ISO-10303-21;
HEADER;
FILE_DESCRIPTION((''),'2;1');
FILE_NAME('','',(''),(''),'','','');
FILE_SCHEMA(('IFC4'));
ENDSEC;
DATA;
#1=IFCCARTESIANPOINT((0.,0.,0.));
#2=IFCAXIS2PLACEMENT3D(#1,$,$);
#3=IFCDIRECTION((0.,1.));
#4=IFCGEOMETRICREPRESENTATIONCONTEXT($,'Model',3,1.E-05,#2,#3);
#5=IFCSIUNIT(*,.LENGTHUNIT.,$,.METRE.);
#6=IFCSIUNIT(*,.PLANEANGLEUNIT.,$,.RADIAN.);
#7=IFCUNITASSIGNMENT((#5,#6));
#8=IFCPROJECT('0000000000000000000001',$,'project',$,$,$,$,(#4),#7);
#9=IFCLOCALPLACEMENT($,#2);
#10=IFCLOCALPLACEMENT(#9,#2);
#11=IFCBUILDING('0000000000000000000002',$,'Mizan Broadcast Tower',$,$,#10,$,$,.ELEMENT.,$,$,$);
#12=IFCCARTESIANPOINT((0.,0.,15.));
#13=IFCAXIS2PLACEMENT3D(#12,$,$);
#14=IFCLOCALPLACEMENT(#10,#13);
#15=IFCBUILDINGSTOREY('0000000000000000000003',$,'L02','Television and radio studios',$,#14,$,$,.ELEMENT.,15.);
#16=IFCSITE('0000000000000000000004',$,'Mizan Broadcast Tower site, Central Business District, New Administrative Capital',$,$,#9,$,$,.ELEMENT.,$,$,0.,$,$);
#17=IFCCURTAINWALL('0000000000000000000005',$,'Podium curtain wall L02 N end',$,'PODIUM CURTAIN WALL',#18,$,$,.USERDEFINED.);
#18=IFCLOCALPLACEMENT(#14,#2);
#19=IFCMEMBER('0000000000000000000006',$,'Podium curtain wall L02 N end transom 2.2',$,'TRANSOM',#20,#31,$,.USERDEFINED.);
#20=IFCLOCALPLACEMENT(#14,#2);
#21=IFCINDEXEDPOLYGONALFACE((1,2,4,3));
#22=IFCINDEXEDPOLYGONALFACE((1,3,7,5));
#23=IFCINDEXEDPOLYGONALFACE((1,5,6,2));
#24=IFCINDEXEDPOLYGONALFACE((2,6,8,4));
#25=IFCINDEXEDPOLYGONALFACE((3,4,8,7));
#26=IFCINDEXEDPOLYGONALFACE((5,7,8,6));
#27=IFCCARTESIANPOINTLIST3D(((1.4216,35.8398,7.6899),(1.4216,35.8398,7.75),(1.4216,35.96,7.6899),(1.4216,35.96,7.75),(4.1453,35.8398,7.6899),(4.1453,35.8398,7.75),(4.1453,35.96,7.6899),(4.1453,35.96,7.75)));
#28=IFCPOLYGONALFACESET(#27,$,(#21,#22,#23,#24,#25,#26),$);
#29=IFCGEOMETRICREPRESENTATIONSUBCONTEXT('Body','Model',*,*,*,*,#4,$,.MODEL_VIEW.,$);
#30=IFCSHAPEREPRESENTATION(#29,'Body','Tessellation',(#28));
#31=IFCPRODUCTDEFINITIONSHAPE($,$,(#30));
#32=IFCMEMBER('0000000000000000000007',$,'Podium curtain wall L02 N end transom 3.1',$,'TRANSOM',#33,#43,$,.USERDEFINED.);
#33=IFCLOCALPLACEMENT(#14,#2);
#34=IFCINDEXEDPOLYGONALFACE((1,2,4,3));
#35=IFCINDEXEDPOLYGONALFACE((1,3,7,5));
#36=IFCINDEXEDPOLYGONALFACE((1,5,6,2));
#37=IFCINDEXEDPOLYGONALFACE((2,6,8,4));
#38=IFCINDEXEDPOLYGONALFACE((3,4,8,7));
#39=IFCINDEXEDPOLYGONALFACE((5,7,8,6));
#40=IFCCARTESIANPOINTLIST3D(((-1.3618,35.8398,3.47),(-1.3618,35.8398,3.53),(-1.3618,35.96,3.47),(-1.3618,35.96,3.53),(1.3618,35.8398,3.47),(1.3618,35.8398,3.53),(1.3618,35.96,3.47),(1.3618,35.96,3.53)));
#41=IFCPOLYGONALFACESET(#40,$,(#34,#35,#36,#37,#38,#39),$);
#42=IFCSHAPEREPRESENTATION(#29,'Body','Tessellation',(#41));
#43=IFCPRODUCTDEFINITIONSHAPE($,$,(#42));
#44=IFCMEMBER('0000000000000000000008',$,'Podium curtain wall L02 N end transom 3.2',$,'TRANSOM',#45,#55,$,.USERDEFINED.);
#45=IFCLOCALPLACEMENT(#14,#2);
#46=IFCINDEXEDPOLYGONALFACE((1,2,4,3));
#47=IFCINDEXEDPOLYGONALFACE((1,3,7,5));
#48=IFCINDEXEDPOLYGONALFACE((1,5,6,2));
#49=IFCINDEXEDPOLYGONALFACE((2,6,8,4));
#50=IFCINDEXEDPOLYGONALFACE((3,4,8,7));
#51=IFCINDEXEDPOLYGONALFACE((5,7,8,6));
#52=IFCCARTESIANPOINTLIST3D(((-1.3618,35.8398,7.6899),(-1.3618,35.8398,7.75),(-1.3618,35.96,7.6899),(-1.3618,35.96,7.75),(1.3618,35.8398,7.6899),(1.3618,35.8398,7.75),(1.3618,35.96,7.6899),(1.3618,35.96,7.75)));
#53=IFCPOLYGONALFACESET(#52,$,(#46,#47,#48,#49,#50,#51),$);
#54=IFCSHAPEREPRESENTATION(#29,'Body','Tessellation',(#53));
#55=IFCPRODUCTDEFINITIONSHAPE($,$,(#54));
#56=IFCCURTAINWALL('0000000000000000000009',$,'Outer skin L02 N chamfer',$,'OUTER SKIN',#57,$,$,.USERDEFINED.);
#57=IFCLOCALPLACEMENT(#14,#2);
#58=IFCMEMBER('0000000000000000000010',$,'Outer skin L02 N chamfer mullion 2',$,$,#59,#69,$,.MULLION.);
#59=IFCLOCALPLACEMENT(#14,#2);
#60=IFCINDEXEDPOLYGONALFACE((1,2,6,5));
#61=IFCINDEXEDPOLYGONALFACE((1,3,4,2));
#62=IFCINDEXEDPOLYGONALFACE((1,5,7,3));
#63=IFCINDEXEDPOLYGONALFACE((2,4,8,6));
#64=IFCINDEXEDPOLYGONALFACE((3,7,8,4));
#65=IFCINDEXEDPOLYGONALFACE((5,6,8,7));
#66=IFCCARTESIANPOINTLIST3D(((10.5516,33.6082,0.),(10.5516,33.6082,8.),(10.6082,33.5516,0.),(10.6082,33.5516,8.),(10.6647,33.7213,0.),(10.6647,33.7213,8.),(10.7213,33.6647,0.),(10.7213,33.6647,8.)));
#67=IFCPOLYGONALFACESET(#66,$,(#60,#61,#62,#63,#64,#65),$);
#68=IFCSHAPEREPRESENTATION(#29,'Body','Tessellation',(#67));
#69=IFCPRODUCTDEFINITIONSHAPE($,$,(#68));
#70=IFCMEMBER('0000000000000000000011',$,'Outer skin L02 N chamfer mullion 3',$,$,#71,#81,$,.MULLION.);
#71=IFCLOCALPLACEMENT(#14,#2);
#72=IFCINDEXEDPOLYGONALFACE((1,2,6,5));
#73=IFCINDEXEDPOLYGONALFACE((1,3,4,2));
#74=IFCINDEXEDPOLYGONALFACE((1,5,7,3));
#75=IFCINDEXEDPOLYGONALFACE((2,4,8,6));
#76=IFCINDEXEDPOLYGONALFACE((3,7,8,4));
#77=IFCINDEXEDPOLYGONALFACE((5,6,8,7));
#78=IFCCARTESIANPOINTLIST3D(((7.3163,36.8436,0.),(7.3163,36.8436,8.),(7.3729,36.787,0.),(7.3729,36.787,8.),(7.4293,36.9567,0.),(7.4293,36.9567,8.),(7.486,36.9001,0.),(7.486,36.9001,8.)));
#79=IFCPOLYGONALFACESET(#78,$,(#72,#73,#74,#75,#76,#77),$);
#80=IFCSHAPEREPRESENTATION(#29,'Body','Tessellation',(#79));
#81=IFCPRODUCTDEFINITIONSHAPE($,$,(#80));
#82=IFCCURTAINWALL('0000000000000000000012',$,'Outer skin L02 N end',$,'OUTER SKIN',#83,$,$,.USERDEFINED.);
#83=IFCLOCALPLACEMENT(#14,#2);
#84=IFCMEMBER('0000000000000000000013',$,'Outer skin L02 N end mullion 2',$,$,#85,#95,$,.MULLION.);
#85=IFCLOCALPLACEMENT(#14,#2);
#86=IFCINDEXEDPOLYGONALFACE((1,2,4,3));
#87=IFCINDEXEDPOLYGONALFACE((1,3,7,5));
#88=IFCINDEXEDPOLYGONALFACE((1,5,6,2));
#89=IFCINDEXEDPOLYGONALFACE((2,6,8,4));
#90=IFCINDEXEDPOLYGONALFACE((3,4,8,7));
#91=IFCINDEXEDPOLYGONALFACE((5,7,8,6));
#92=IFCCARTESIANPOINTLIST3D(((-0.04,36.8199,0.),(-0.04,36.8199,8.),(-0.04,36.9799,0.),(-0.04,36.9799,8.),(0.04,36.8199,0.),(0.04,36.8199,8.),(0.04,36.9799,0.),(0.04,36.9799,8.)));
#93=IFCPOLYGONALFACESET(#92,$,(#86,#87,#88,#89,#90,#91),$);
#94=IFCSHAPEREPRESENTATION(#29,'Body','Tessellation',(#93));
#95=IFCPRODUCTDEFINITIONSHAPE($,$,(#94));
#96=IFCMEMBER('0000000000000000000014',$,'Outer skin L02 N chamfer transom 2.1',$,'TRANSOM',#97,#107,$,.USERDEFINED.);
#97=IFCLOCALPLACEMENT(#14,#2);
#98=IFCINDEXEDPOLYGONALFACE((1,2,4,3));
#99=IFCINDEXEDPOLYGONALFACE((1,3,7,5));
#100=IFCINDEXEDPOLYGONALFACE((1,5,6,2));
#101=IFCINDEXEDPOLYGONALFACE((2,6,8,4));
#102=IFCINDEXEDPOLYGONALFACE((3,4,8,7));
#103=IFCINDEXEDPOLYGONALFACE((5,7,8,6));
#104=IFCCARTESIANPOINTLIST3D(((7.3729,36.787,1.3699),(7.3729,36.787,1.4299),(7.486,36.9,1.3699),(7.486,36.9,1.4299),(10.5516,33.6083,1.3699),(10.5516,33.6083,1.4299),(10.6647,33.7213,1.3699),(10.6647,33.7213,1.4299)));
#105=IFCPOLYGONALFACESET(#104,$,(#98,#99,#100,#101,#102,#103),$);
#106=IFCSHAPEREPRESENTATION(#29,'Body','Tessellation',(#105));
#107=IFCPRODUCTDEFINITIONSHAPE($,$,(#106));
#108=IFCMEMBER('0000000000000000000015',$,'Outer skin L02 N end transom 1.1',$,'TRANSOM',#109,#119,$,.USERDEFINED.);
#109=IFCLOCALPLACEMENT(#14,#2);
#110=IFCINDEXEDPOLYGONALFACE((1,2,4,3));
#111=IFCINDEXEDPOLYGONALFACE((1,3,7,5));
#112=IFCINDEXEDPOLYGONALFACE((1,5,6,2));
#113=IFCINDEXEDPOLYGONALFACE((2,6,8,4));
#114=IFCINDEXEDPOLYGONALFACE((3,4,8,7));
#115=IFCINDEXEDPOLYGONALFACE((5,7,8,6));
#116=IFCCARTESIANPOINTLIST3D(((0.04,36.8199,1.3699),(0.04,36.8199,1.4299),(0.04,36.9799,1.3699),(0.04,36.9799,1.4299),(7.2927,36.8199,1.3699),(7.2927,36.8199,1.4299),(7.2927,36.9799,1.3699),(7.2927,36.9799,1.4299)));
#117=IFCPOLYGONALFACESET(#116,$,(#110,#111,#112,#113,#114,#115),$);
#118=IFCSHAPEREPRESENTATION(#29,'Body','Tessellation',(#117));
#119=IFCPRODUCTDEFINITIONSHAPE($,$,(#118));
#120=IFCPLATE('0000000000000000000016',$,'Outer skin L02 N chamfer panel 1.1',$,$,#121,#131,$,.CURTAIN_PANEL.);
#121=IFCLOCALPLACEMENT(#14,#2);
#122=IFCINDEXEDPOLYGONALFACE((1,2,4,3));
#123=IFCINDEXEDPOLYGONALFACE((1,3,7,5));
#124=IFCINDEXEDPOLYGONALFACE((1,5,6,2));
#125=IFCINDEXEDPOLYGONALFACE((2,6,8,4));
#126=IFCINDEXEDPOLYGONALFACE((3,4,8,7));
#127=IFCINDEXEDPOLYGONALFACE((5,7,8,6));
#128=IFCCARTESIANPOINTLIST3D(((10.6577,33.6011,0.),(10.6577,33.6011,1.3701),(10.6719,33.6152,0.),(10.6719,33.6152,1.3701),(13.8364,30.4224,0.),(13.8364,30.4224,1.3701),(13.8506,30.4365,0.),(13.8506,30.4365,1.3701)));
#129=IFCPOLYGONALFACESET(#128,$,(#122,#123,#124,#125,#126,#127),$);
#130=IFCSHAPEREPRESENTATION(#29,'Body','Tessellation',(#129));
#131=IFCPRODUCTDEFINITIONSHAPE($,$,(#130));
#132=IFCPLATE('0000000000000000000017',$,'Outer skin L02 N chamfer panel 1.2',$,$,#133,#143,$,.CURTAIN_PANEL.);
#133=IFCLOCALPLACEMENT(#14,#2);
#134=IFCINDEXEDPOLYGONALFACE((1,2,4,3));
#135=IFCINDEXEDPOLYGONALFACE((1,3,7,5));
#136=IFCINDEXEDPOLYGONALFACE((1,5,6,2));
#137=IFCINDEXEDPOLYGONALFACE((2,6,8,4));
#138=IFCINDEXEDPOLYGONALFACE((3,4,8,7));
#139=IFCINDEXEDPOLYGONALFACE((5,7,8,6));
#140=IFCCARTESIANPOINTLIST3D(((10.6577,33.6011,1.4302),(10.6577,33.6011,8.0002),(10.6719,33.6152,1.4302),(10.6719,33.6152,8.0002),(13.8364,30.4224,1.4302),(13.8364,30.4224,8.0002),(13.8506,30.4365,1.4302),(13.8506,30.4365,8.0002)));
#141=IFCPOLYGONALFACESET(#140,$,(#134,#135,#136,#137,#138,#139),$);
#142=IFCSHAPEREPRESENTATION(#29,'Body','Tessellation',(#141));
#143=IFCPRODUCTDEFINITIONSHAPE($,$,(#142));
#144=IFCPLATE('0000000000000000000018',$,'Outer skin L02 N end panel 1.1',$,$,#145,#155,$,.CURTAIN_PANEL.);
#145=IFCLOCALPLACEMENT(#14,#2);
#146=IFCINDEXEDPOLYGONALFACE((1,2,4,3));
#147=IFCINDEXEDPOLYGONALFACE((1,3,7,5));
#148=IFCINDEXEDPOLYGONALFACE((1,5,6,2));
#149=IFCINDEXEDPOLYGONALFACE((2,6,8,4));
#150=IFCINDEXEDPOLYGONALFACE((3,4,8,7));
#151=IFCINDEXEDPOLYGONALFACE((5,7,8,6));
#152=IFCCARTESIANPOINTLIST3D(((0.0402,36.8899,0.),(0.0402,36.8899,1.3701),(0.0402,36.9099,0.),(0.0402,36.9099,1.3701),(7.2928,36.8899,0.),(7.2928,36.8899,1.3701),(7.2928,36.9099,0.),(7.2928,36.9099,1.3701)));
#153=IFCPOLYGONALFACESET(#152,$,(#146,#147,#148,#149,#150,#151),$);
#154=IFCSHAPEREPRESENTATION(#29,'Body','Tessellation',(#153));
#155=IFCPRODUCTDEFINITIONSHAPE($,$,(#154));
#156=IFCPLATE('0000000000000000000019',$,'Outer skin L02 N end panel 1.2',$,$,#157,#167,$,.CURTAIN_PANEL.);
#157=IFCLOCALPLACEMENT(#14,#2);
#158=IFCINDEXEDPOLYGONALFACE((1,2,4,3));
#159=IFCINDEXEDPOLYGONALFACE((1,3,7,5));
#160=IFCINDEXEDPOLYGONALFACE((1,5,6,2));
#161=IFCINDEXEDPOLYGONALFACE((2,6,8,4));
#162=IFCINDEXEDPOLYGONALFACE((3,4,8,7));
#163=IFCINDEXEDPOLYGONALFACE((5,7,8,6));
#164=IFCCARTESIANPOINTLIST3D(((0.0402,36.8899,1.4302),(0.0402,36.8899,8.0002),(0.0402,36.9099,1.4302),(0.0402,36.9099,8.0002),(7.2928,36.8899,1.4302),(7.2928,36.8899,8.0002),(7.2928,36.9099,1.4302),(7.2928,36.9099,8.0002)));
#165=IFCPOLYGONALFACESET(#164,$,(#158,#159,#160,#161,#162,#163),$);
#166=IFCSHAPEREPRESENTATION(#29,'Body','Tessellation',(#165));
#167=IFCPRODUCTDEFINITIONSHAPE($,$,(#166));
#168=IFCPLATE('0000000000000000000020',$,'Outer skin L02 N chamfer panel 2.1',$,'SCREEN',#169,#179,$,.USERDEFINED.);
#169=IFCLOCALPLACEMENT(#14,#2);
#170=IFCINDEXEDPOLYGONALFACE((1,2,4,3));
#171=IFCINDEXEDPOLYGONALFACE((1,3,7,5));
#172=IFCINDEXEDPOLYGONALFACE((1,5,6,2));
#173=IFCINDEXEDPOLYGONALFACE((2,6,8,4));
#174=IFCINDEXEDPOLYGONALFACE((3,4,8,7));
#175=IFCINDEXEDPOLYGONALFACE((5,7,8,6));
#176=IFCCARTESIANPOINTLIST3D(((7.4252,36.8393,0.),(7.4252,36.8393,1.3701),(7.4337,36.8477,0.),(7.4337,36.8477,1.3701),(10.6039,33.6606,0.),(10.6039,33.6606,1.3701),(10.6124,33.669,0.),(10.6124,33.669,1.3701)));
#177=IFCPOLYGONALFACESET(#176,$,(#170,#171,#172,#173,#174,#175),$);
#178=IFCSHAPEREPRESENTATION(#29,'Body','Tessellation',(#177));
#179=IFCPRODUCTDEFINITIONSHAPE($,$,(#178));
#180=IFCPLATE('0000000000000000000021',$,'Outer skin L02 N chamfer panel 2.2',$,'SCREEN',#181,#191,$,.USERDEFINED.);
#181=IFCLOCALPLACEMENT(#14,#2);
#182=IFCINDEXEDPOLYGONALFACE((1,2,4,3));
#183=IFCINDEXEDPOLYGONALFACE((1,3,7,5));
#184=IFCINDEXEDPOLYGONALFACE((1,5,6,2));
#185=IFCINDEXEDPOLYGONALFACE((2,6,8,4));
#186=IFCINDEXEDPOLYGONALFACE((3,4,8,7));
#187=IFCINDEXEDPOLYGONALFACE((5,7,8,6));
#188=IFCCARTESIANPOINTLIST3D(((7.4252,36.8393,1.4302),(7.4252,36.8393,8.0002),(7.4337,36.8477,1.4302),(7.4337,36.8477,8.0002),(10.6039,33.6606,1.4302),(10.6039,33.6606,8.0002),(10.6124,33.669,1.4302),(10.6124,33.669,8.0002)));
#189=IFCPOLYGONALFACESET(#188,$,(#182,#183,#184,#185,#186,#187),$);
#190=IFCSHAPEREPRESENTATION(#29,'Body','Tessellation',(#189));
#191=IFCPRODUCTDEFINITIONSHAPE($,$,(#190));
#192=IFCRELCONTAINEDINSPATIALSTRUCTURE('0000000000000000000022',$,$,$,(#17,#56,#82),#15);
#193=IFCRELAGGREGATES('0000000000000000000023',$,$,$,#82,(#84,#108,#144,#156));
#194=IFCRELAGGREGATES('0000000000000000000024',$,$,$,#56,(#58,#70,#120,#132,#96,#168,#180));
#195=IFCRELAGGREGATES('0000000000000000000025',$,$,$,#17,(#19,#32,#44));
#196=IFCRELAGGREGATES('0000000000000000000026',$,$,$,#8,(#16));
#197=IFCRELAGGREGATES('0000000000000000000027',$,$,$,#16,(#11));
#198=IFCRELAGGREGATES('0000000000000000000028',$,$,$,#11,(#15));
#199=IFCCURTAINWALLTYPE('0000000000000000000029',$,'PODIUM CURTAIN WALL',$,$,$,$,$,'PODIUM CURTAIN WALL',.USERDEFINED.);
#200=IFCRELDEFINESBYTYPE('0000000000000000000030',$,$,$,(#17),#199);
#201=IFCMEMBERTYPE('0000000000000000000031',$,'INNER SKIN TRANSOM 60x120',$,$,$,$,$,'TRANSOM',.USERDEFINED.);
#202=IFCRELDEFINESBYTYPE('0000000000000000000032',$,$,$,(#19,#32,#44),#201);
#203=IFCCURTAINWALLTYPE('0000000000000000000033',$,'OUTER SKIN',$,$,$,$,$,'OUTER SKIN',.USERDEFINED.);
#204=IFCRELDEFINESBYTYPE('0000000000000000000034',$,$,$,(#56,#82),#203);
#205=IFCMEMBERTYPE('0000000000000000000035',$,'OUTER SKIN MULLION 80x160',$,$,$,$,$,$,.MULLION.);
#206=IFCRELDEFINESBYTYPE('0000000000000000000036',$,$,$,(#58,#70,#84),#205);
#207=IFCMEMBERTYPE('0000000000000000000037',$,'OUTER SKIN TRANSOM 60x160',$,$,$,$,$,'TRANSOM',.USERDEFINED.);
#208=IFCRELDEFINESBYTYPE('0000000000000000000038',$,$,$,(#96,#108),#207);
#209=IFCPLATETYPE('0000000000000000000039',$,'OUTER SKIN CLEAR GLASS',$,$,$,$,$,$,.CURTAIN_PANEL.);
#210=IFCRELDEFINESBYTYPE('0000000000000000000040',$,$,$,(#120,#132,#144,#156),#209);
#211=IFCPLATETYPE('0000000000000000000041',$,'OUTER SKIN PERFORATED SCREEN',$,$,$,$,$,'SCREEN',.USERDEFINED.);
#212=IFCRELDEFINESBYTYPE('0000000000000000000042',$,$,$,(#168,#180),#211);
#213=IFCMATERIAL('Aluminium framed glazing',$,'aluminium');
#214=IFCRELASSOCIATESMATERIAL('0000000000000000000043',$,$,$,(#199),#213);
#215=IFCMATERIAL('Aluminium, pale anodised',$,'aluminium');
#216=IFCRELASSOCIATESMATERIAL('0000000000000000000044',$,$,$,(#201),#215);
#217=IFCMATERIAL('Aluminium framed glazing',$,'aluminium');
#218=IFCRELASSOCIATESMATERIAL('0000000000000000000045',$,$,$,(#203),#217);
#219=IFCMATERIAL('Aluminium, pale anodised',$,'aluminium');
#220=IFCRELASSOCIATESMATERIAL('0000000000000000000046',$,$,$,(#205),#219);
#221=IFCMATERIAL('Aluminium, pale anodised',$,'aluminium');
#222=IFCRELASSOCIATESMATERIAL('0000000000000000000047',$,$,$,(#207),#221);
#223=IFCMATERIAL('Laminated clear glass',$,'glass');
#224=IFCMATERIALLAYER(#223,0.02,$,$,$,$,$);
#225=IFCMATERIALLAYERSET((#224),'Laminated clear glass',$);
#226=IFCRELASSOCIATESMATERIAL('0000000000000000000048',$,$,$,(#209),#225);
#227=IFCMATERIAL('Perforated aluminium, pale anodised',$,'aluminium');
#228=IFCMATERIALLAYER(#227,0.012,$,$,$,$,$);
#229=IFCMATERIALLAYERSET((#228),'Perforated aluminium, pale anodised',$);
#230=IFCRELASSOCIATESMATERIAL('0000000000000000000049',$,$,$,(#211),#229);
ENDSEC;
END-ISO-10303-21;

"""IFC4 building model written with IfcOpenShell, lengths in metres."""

from ifc_helpers import new_model, si_unit, direction, frame, origin, origin_2d, place, context, subcontext, project, spatial, rectangle, extrude, material, layer, layer_set, material_profile, profile_set, type_object, element, aggregate, save


model = new_model("IFC4")

# Units and contexts
model_context = context("Model", 3, precision=1e-05, world=origin(), true_north=direction((0.0, 1.0)))
body_context = subcontext(model_context, "Body", "Model", "MODEL_VIEW")
ifc_project = project(units=[si_unit("LENGTHUNIT", "METRE"), si_unit("PLANEANGLEUNIT", "RADIAN")], contexts=[model_context])

# Site, building, storey
site_placement = place(None, origin())
site = spatial("IfcSite", under=ifc_project, at=site_placement, Name="Mizan Broadcast Tower site, Central Business District, New Administrative Capital", CompositionType="ELEMENT", RefElevation=0.0)
building_placement = place(site_placement, origin())
building = spatial("IfcBuilding", under=site, at=building_placement, Name="Mizan Broadcast Tower", CompositionType="ELEMENT")
storey_placement = place(building_placement, frame((0.0, 0.0, 15.0)))
storey = spatial("IfcBuildingStorey", under=building, at=storey_placement, Name="L02", Description="Television and radio studios", CompositionType="ELEMENT", Elevation=15.0)

# Curtain wall
ifc_material_1 = material(Name="Aluminium framed glazing", Category="aluminium")
curtain_wall_type_1 = type_object("IfcCurtainWallType", Name="PODIUM CURTAIN WALL", ElementType="PODIUM CURTAIN WALL", PredefinedType="USERDEFINED", material=ifc_material_1)
curtain_wall_1_placement = place(storey_placement, origin())
curtain_wall_1 = element("IfcCurtainWall", 1, at=curtain_wall_1_placement, inside=storey, type_object=curtain_wall_type_1, Name="Podium curtain wall L02 N end", ObjectType="PODIUM CURTAIN WALL", PredefinedType="USERDEFINED")

# Members
ifc_material_2 = material(Name="Aluminium, pale anodised", Category="aluminium")
ifc_material_profile_1 = material_profile(ifc_material_2, rectangle(XDim=0.1201, YDim=0.0601, at=origin_2d()), Name="TRANSOM 120x60")
ifc_profile_set_1 = profile_set([ifc_material_profile_1], Name="Aluminium, pale anodised")
member_type_1 = type_object("IfcMemberType", Name="INNER SKIN TRANSOM 60x120", ElementType="TRANSOM", PredefinedType="USERDEFINED", material=ifc_profile_set_1)
member_1_placement = place(storey_placement, frame((4.1453, 35.8999, 7.72), z_axis=(-1.0, 0.0, 0.0), x_axis=(0.0, -1.0, 0.0)))
member_1 = element("IfcMember", 2, at=member_1_placement, type_object=member_type_1, Name="Podium curtain wall L02 N end transom 2.2", ObjectType="TRANSOM", PredefinedType="USERDEFINED", context=body_context, shape_type="SweptSolid", body=[
    extrude(rectangle(XDim=0.1201, YDim=0.0601, at=origin_2d()), origin(), (0.0, 0.0, 1.0), 2.7236),
])
member_2_placement = place(storey_placement, frame((1.3618, 35.8999, 3.5), z_axis=(-1.0, 0.0, 0.0), x_axis=(0.0, -1.0, 0.0)))
member_2 = element("IfcMember", 3, at=member_2_placement, type_object=member_type_1, Name="Podium curtain wall L02 N end transom 3.1", ObjectType="TRANSOM", PredefinedType="USERDEFINED", context=body_context, shape_type="SweptSolid", body=[
    extrude(rectangle(XDim=0.1201, YDim=0.0601, at=origin_2d()), origin(), (0.0, 0.0, 1.0), 2.7236),
])
member_3_placement = place(storey_placement, frame((1.3618, 35.8999, 7.72), z_axis=(-1.0, 0.0, 0.0), x_axis=(0.0, -1.0, 0.0)))
member_3 = element("IfcMember", 4, at=member_3_placement, type_object=member_type_1, Name="Podium curtain wall L02 N end transom 3.2", ObjectType="TRANSOM", PredefinedType="USERDEFINED", context=body_context, shape_type="SweptSolid", body=[
    extrude(rectangle(XDim=0.1201, YDim=0.0601, at=origin_2d()), origin(), (0.0, 0.0, 1.0), 2.7236),
])

# Curtain wall, members
ifc_material_3 = material(Name="Aluminium framed glazing", Category="aluminium")
curtain_wall_type_2 = type_object("IfcCurtainWallType", Name="OUTER SKIN", ElementType="OUTER SKIN", PredefinedType="USERDEFINED", material=ifc_material_3)
curtain_wall_2_placement = place(storey_placement, origin())
curtain_wall_2 = element("IfcCurtainWall", 5, at=curtain_wall_2_placement, inside=storey, type_object=curtain_wall_type_2, Name="Outer skin L02 N chamfer", ObjectType="OUTER SKIN", PredefinedType="USERDEFINED")
ifc_material_4 = material(Name="Aluminium, pale anodised", Category="aluminium")
ifc_material_profile_2 = material_profile(ifc_material_4, rectangle(XDim=0.1599, YDim=0.0801, at=origin_2d()), Name="MULLION 160x80")
ifc_profile_set_2 = profile_set([ifc_material_profile_2], Name="Aluminium, pale anodised")
member_type_2 = type_object("IfcMemberType", Name="OUTER SKIN MULLION 80x160", PredefinedType="MULLION", material=ifc_profile_set_2)
member_4_placement = place(storey_placement, frame((10.6365, 33.6365, 0.0), z_axis=(0.0, 0.0, 1.0), x_axis=(-0.707107, -0.707107, 0.0)))
member_4 = element("IfcMember", 6, at=member_4_placement, type_object=member_type_2, Name="Outer skin L02 N chamfer mullion 2", PredefinedType="MULLION", context=body_context, shape_type="SweptSolid", body=[
    extrude(rectangle(XDim=0.1599, YDim=0.0801, at=origin_2d()), origin(), (0.0, 0.0, 1.0), 8.0),
])
member_5_placement = place(storey_placement, frame((7.4011, 36.8718, 0.0), z_axis=(0.0, 0.0, 1.0), x_axis=(-0.707107, -0.707107, 0.0)))
member_5 = element("IfcMember", 7, at=member_5_placement, type_object=member_type_2, Name="Outer skin L02 N chamfer mullion 3", PredefinedType="MULLION", context=body_context, shape_type="SweptSolid", body=[
    extrude(rectangle(XDim=0.1599, YDim=0.0801, at=origin_2d()), origin(), (0.0, 0.0, 1.0), 8.0),
])

# Curtain wall, member
curtain_wall_3_placement = place(storey_placement, origin())
curtain_wall_3 = element("IfcCurtainWall", 8, at=curtain_wall_3_placement, inside=storey, type_object=curtain_wall_type_2, Name="Outer skin L02 N end", ObjectType="OUTER SKIN", PredefinedType="USERDEFINED")
member_6_placement = place(storey_placement, frame((0.0, 36.8999, 0.0), z_axis=(0.0, 0.0, 1.0), x_axis=(0.0, -1.0, 0.0)))
member_6 = element("IfcMember", 9, at=member_6_placement, type_object=member_type_2, Name="Outer skin L02 N end mullion 2", PredefinedType="MULLION", context=body_context, shape_type="SweptSolid", body=[
    extrude(rectangle(XDim=0.1599, YDim=0.0801, at=origin_2d()), origin(), (0.0, 0.0, 1.0), 8.0),
])

# Members
ifc_material_5 = material(Name="Aluminium, pale anodised", Category="aluminium")
ifc_material_profile_3 = material_profile(ifc_material_5, rectangle(XDim=0.1599, YDim=0.0601, at=origin_2d()), Name="TRANSOM 160x60")
ifc_profile_set_3 = profile_set([ifc_material_profile_3], Name="Aluminium, pale anodised")
member_type_3 = type_object("IfcMemberType", Name="OUTER SKIN TRANSOM 60x160", ElementType="TRANSOM", PredefinedType="USERDEFINED", material=ifc_profile_set_3)
member_7_placement = place(storey_placement, frame((10.6082, 33.6648, 1.3999), z_axis=(-0.707107, 0.707107, 0.0), x_axis=(-0.707107, -0.707107, 0.0)))
member_7 = element("IfcMember", 10, at=member_7_placement, type_object=member_type_3, Name="Outer skin L02 N chamfer transom 2.1", ObjectType="TRANSOM", PredefinedType="USERDEFINED", context=body_context, shape_type="SweptSolid", body=[
    extrude(rectangle(XDim=0.1599, YDim=0.0601, at=origin_2d()), origin(), (0.0, 0.0, 1.0), 4.4954),
])
member_8_placement = place(storey_placement, frame((7.2927, 36.8999, 1.3999), z_axis=(-1.0, 0.0, 0.0), x_axis=(0.0, -1.0, 0.0)))
member_8 = element("IfcMember", 11, at=member_8_placement, type_object=member_type_3, Name="Outer skin L02 N end transom 1.1", ObjectType="TRANSOM", PredefinedType="USERDEFINED", context=body_context, shape_type="SweptSolid", body=[
    extrude(rectangle(XDim=0.1599, YDim=0.0601, at=origin_2d()), origin(), (0.0, 0.0, 1.0), 7.2527),
])

# Plates
ifc_material_6 = material(Name="Laminated clear glass", Category="glass")
ifc_layer_1 = layer(ifc_material_6, 0.02)
ifc_layer_set_1 = layer_set([ifc_layer_1], Name="Laminated clear glass")
plate_type_1 = type_object("IfcPlateType", Name="OUTER SKIN CLEAR GLASS", PredefinedType="CURTAIN_PANEL", material=ifc_layer_set_1)
plate_1_placement = place(storey_placement, frame((12.2542, 32.0188, 0.0), z_axis=(0.0, 0.0, 1.0), x_axis=(-0.707107, 0.707107, 0.0)))
plate_1 = element("IfcPlate", 12, at=plate_1_placement, type_object=plate_type_1, Name="Outer skin L02 N chamfer panel 1.1", PredefinedType="CURTAIN_PANEL", context=body_context, shape_type="SweptSolid", body=[
    extrude(rectangle(XDim=4.4954, YDim=0.02, at=origin_2d()), origin(), (0.0, 0.0, 1.0), 1.3701),
])
plate_2_placement = place(storey_placement, frame((12.2542, 32.0188, 1.4302), z_axis=(0.0, 0.0, 1.0), x_axis=(-0.707107, 0.707107, 0.0)))
plate_2 = element("IfcPlate", 13, at=plate_2_placement, type_object=plate_type_1, Name="Outer skin L02 N chamfer panel 1.2", PredefinedType="CURTAIN_PANEL", context=body_context, shape_type="SweptSolid", body=[
    extrude(rectangle(XDim=4.4954, YDim=0.02, at=origin_2d()), origin(), (0.0, 0.0, 1.0), 6.5701),
])
plate_3_placement = place(storey_placement, frame((3.6665, 36.8999, 0.0), z_axis=(0.0, 0.0, 1.0), x_axis=(-1.0, 0.0, 0.0)))
plate_3 = element("IfcPlate", 14, at=plate_3_placement, type_object=plate_type_1, Name="Outer skin L02 N end panel 1.1", PredefinedType="CURTAIN_PANEL", context=body_context, shape_type="SweptSolid", body=[
    extrude(rectangle(XDim=7.2527, YDim=0.02, at=origin_2d()), origin(), (0.0, 0.0, 1.0), 1.3701),
])
plate_4_placement = place(storey_placement, frame((3.6665, 36.8999, 1.4302), z_axis=(0.0, 0.0, 1.0), x_axis=(-1.0, 0.0, 0.0)))
plate_4 = element("IfcPlate", 15, at=plate_4_placement, type_object=plate_type_1, Name="Outer skin L02 N end panel 1.2", PredefinedType="CURTAIN_PANEL", context=body_context, shape_type="SweptSolid", body=[
    extrude(rectangle(XDim=7.2527, YDim=0.02, at=origin_2d()), origin(), (0.0, 0.0, 1.0), 6.5701),
])
aggregate(curtain_wall_3, [member_6, member_8, plate_3, plate_4])
ifc_material_7 = material(Name="Perforated aluminium, pale anodised", Category="aluminium")
ifc_layer_2 = layer(ifc_material_7, 0.012)
ifc_layer_set_2 = layer_set([ifc_layer_2], Name="Perforated aluminium, pale anodised")
plate_type_2 = type_object("IfcPlateType", Name="OUTER SKIN PERFORATED SCREEN", ElementType="SCREEN", PredefinedType="USERDEFINED", material=ifc_layer_set_2)
plate_5_placement = place(storey_placement, frame((9.0188, 35.2542, 0.0), z_axis=(0.0, 0.0, 1.0), x_axis=(-0.707107, 0.707107, 0.0)))
plate_5 = element("IfcPlate", 16, at=plate_5_placement, type_object=plate_type_2, Name="Outer skin L02 N chamfer panel 2.1", ObjectType="SCREEN", PredefinedType="USERDEFINED", context=body_context, shape_type="SweptSolid", body=[
    extrude(rectangle(XDim=4.4954, YDim=0.012, at=origin_2d()), origin(), (0.0, 0.0, 1.0), 1.3701),
])
plate_6_placement = place(storey_placement, frame((9.0188, 35.2542, 1.4302), z_axis=(0.0, 0.0, 1.0), x_axis=(-0.707107, 0.707107, 0.0)))
plate_6 = element("IfcPlate", 17, at=plate_6_placement, type_object=plate_type_2, Name="Outer skin L02 N chamfer panel 2.2", ObjectType="SCREEN", PredefinedType="USERDEFINED", context=body_context, shape_type="SweptSolid", body=[
    extrude(rectangle(XDim=4.4954, YDim=0.012, at=origin_2d()), origin(), (0.0, 0.0, 1.0), 6.5701),
])
aggregate(curtain_wall_2, [member_4, member_5, plate_1, plate_2, member_7, plate_5, plate_6])
aggregate(curtain_wall_1, [member_1, member_2, member_3])

save(model, "model.ifc")
